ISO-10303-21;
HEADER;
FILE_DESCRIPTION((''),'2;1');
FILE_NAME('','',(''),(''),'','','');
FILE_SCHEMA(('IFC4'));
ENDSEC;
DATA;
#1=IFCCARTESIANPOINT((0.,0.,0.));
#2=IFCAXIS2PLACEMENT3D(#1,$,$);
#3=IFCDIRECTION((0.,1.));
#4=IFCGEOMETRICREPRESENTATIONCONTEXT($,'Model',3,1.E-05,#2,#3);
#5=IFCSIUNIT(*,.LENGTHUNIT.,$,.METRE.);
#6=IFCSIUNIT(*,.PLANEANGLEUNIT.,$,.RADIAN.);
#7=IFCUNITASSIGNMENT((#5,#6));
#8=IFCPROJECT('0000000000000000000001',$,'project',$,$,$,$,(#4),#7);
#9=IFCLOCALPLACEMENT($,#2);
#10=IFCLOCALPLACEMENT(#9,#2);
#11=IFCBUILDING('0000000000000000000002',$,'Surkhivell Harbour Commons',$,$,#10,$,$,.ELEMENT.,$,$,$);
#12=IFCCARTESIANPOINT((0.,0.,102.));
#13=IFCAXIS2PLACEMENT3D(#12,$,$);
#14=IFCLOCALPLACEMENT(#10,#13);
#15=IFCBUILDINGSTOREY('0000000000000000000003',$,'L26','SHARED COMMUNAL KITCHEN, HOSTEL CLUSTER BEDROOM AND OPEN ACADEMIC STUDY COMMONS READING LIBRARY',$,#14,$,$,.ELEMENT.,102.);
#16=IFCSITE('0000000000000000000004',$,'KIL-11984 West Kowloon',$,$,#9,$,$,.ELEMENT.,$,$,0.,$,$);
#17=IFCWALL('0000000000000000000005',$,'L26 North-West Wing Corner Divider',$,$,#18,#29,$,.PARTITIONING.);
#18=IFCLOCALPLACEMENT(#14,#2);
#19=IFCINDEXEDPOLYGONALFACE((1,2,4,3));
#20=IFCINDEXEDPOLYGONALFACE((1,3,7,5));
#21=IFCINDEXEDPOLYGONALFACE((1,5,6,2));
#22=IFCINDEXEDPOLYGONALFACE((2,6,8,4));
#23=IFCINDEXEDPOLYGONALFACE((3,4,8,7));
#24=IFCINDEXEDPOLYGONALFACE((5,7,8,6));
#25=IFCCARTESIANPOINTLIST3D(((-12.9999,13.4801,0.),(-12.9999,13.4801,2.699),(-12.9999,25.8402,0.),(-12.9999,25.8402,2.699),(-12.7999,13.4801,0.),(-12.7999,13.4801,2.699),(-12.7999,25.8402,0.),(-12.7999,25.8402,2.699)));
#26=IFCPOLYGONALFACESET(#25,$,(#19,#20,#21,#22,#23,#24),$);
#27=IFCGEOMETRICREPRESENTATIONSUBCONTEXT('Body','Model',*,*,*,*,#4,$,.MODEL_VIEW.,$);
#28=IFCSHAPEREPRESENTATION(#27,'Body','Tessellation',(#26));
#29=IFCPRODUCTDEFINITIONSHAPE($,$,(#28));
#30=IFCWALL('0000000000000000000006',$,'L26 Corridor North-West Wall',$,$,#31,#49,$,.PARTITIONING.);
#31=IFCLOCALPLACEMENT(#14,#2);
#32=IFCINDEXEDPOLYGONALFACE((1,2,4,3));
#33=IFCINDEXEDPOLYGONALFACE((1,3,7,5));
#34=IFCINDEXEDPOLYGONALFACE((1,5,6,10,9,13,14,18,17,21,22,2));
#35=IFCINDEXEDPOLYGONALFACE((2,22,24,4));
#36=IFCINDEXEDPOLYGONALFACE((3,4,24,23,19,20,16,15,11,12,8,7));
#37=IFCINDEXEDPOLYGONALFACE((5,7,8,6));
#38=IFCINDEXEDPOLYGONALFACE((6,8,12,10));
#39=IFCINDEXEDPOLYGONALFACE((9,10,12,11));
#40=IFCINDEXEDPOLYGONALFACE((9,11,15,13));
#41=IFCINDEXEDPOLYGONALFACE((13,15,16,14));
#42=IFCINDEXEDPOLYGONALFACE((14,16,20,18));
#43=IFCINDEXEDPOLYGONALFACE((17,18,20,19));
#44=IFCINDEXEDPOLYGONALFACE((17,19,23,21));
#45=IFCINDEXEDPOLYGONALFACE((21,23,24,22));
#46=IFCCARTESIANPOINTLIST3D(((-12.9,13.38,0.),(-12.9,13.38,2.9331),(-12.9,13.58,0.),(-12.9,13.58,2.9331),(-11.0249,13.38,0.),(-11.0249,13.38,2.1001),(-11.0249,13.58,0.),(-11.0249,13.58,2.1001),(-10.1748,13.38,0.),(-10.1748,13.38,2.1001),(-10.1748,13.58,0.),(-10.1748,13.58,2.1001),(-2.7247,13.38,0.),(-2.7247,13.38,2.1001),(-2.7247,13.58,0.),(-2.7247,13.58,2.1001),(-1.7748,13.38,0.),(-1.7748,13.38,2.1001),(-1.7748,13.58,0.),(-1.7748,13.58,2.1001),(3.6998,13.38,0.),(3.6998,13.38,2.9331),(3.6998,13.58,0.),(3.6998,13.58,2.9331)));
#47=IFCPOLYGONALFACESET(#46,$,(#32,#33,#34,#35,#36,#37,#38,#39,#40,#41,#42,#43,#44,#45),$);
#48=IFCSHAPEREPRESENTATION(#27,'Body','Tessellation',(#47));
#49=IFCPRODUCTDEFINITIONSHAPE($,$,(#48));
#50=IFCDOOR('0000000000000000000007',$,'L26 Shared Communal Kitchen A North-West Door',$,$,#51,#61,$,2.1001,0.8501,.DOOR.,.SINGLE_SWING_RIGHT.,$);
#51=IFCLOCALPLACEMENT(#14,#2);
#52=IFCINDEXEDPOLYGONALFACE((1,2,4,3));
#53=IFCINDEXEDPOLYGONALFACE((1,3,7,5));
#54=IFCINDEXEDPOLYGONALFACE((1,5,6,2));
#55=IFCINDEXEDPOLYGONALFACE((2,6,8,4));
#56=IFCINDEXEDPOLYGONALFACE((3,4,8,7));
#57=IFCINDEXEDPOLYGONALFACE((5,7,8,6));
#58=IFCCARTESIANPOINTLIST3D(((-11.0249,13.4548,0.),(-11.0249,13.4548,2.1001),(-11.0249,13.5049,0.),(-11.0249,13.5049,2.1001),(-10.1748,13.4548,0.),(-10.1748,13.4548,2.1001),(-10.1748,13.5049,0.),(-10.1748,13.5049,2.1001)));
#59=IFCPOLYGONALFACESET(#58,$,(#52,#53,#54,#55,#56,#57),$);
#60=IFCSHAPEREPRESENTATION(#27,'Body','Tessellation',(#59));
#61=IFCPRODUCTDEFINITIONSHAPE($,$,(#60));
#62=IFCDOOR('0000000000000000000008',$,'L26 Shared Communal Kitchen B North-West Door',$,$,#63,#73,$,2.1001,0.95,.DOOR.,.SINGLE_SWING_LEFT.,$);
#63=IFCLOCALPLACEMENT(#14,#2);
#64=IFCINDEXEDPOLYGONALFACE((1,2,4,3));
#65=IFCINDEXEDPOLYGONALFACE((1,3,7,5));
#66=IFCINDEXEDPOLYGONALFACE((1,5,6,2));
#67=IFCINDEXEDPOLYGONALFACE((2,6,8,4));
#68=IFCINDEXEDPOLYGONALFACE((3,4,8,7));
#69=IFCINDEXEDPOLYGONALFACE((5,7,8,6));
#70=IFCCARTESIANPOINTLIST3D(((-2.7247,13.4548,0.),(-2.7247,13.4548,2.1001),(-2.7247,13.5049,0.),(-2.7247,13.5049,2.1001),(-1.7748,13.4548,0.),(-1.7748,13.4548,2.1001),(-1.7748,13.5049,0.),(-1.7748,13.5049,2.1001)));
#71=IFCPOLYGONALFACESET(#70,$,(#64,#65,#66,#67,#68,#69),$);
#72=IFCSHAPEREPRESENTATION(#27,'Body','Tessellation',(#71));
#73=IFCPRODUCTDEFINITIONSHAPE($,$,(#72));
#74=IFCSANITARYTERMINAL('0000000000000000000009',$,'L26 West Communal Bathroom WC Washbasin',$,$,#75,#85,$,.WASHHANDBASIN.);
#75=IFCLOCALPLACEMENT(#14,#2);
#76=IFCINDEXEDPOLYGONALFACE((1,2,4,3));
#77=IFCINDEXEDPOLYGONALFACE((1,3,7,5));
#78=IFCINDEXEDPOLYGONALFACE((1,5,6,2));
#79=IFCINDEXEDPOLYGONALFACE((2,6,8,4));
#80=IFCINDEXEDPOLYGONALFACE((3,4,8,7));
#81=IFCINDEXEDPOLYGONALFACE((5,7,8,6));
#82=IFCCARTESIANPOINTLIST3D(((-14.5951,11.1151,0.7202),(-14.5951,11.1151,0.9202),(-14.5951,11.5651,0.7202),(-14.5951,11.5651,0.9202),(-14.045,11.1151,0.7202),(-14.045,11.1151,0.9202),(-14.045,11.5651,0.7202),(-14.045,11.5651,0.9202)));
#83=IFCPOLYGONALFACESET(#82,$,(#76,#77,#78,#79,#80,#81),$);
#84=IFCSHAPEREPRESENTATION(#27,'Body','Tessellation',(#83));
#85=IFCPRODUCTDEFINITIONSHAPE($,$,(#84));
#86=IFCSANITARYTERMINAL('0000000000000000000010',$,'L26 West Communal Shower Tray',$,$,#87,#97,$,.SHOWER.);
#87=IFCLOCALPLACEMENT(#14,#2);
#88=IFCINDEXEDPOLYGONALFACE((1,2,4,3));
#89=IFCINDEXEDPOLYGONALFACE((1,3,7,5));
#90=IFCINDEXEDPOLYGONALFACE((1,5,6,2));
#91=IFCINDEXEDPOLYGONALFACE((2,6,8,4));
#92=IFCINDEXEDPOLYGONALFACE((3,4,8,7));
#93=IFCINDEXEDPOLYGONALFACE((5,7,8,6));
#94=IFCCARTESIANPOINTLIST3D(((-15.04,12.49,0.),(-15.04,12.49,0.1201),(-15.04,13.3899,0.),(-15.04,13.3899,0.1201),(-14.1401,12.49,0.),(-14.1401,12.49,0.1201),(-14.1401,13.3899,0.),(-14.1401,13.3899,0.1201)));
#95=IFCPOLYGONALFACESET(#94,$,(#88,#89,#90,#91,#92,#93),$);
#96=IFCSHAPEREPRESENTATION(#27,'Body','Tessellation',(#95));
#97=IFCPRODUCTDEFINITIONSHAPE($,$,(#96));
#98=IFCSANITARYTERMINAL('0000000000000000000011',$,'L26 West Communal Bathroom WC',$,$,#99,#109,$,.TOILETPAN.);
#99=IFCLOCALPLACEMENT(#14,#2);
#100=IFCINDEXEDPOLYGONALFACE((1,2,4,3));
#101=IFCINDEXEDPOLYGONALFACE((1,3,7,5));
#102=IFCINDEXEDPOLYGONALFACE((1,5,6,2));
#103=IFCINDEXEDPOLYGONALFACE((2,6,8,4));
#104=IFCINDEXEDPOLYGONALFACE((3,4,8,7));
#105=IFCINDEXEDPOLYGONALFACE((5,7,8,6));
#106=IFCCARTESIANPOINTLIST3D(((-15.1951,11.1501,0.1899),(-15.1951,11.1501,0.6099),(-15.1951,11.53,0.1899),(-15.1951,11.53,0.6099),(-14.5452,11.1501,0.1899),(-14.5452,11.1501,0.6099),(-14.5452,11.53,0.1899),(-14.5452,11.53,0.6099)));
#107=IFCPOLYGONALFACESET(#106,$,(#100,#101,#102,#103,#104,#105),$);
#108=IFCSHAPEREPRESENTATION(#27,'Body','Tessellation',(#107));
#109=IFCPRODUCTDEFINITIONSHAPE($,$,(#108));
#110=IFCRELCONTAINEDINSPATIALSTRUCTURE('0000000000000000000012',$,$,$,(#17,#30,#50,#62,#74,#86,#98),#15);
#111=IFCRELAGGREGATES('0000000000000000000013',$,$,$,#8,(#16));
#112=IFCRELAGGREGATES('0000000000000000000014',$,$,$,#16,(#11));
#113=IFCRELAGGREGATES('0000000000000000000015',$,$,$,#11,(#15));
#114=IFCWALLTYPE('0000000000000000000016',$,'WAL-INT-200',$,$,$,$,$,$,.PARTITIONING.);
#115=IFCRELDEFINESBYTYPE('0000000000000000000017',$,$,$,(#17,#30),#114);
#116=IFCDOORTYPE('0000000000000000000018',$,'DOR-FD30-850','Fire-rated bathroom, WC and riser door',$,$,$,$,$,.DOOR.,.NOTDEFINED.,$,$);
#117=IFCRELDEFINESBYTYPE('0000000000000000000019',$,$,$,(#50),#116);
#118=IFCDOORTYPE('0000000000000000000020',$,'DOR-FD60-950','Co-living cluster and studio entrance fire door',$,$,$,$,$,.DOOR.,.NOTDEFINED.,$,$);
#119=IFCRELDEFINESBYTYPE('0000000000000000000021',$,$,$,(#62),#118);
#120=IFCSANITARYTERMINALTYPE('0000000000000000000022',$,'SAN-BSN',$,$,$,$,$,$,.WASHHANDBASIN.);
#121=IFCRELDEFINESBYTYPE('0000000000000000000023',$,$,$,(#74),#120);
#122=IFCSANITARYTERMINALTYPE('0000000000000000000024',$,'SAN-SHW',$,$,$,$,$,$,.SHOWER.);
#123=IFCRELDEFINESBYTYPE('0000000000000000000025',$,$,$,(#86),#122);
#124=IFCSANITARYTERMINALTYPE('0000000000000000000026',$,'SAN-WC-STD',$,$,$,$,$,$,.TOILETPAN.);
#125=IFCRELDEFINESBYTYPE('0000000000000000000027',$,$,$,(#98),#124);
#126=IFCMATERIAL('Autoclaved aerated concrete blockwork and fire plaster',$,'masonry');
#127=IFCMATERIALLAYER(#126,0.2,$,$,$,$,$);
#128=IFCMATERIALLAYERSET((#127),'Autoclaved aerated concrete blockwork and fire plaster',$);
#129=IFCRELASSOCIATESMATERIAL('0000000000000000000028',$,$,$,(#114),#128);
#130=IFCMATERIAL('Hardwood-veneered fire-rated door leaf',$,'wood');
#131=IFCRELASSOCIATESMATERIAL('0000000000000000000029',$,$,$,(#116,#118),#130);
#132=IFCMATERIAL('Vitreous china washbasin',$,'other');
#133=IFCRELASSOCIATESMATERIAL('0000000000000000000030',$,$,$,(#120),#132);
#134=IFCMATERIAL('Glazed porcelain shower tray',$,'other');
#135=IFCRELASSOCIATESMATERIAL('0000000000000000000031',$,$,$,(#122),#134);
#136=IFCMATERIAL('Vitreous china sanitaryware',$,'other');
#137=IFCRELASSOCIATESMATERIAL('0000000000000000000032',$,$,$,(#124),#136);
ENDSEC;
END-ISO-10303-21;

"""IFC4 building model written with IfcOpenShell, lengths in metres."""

from ifc_helpers import new_model, si_unit, direction, frame, frame_2d, origin, origin_2d, place, context, subcontext, project, spatial, rectangle, extrude, material, layer, layer_set, type_object, element, fill, save


model = new_model("IFC4")

# Units and contexts
model_context = context("Model", 3, precision=1e-05, world=origin(), true_north=direction((0.0, 1.0)))
body_context = subcontext(model_context, "Body", "Model", "MODEL_VIEW")
ifc_project = project(units=[si_unit("LENGTHUNIT", "METRE"), si_unit("PLANEANGLEUNIT", "RADIAN")], contexts=[model_context])

# Site, building, storey
site_placement = place(None, origin())
site = spatial("IfcSite", under=ifc_project, at=site_placement, Name="KIL-11984 West Kowloon", CompositionType="ELEMENT", RefElevation=0.0)
building_placement = place(site_placement, origin())
building = spatial("IfcBuilding", under=site, at=building_placement, Name="Surkhivell Harbour Commons", CompositionType="ELEMENT")
storey_placement = place(building_placement, frame((0.0, 0.0, 102.0)))
storey = spatial("IfcBuildingStorey", under=building, at=storey_placement, Name="L26", Description="SHARED COMMUNAL KITCHEN, HOSTEL CLUSTER BEDROOM AND OPEN ACADEMIC STUDY COMMONS READING LIBRARY", CompositionType="ELEMENT", Elevation=102.0)

# Shared definitions
ifc_material_1 = material(Name="Hardwood-veneered fire-rated door leaf", Category="wood")

# Wall
ifc_material_2 = material(Name="Autoclaved aerated concrete blockwork and fire plaster", Category="masonry")
ifc_layer_1 = layer(ifc_material_2, 0.2)
ifc_layer_set_1 = layer_set([ifc_layer_1], Name="Autoclaved aerated concrete blockwork and fire plaster")
wall_type_1 = type_object("IfcWallType", Name="WAL-INT-200", PredefinedType="PARTITIONING", material=ifc_layer_set_1)
wall_1_placement = place(storey_placement, frame((-12.8999, 13.48, 0.0), z_axis=(0.0, 0.0, 1.0), x_axis=(0.0, 1.0, 0.0)))
element("IfcWall", 1, at=wall_1_placement, inside=storey, type_object=wall_type_1, Name="L26 North-West Wing Corner Divider", PredefinedType="PARTITIONING", context=body_context, shape_type="SweptSolid", body=[
    extrude(rectangle(XDim=12.3601, YDim=0.2, at=frame_2d((6.1802, 0.0))), origin(), (0.0, 0.0, 1.0), 2.699),
])

# Wall, openings, doors
wall_2_placement = place(storey_placement, frame((-12.8999, 13.48, 0.0), z_axis=(0.0, 0.0, 1.0), x_axis=(1.0, 0.0, 0.0)))
wall_2 = element("IfcWall", 2, at=wall_2_placement, inside=storey, type_object=wall_type_1, Name="L26 Corridor North-West Wall", PredefinedType="PARTITIONING", context=body_context, shape_type="SweptSolid", body=[
    extrude(rectangle(XDim=16.5999, YDim=0.2, at=frame_2d((8.2998, 0.0))), origin(), (0.0, 0.0, 1.0), 2.9331),
])
opening_1_placement = place(wall_2_placement, frame((1.875, 0.0, 0.0)))
opening_1 = element("IfcOpeningElement", 3, at=opening_1_placement, cuts=wall_2, PredefinedType="OPENING", context=body_context, shape_type="SweptSolid", body=[
    extrude(rectangle(XDim=0.8501, YDim=2.1001, at=frame_2d((0.425, 1.05))), frame((0.0, 0.1099, 0.0), z_axis=(0.0, -1.0, 0.0), x_axis=(1.0, 0.0, 0.0)), (0.0, 0.0, 1.0), 0.22),
])
opening_2_placement = place(wall_2_placement, frame((10.175, 0.0, 0.0)))
opening_2 = element("IfcOpeningElement", 4, at=opening_2_placement, cuts=wall_2, PredefinedType="OPENING", context=body_context, shape_type="SweptSolid", body=[
    extrude(rectangle(XDim=0.95, YDim=2.1001, at=frame_2d((0.4751, 1.05))), frame((0.0, 0.1099, 0.0), z_axis=(0.0, -1.0, 0.0), x_axis=(1.0, 0.0, 0.0)), (0.0, 0.0, 1.0), 0.22),
])
door_type_1 = type_object("IfcDoorType", Name="DOR-FD30-850", Description="Fire-rated bathroom, WC and riser door", OperationType="NOTDEFINED", PredefinedType="DOOR", material=ifc_material_1)
door_1_placement = place(opening_1_placement, origin())
door_1 = element("IfcDoor", 5, at=door_1_placement, inside=storey, type_object=door_type_1, Name="L26 Shared Communal Kitchen A North-West Door", OperationType="SINGLE_SWING_RIGHT", OverallHeight=2.1001, OverallWidth=0.8501, PredefinedType="DOOR", context=body_context, shape_type="SweptSolid", body=[
    extrude(rectangle(XDim=0.8501, YDim=2.1001, at=frame_2d((0.425, 1.05))), frame((0.0, 0.0249, 0.0), z_axis=(0.0, -1.0, 0.0), x_axis=(1.0, 0.0, 0.0)), (0.0, 0.0, 1.0), 0.05),
])
fill(opening_1, door_1)
door_type_2 = type_object("IfcDoorType", Name="DOR-FD60-950", Description="Co-living cluster and studio entrance fire door", OperationType="NOTDEFINED", PredefinedType="DOOR", material=ifc_material_1)
door_2_placement = place(opening_2_placement, origin())
door_2 = element("IfcDoor", 6, at=door_2_placement, inside=storey, type_object=door_type_2, Name="L26 Shared Communal Kitchen B North-West Door", OperationType="SINGLE_SWING_LEFT", OverallHeight=2.1001, OverallWidth=0.95, PredefinedType="DOOR", context=body_context, shape_type="SweptSolid", body=[
    extrude(rectangle(XDim=0.95, YDim=2.1001, at=frame_2d((0.4751, 1.05))), frame((0.0, 0.0249, 0.0), z_axis=(0.0, -1.0, 0.0), x_axis=(1.0, 0.0, 0.0)), (0.0, 0.0, 1.0), 0.05),
])
fill(opening_2, door_2)

# Sanitary terminals
ifc_material_3 = material(Name="Vitreous china washbasin", Category="other")
sanitary_terminal_type_1 = type_object("IfcSanitaryTerminalType", Name="SAN-BSN", PredefinedType="WASHHANDBASIN", material=ifc_material_3)
sanitary_terminal_1_placement = place(storey_placement, frame((-14.3201, 11.3401, 0.7202), z_axis=(0.0, 0.0, 1.0), x_axis=(1.0, 0.0, 0.0)))
element("IfcSanitaryTerminal", 7, at=sanitary_terminal_1_placement, inside=storey, type_object=sanitary_terminal_type_1, Name="L26 West Communal Bathroom WC Washbasin", PredefinedType="WASHHANDBASIN", context=body_context, shape_type="SweptSolid", body=[
    extrude(rectangle(XDim=0.55, YDim=0.45, at=origin_2d()), origin(), (0.0, 0.0, 1.0), 0.2),
])
ifc_material_4 = material(Name="Glazed porcelain shower tray", Category="other")
sanitary_terminal_type_2 = type_object("IfcSanitaryTerminalType", Name="SAN-SHW", PredefinedType="SHOWER", material=ifc_material_4)
sanitary_terminal_2_placement = place(storey_placement, frame((-14.5901, 12.9399, 0.0), z_axis=(0.0, 0.0, 1.0), x_axis=(1.0, 0.0, 0.0)))
element("IfcSanitaryTerminal", 8, at=sanitary_terminal_2_placement, inside=storey, type_object=sanitary_terminal_type_2, Name="L26 West Communal Shower Tray", PredefinedType="SHOWER", context=body_context, shape_type="SweptSolid", body=[
    extrude(rectangle(XDim=0.8999, YDim=0.8999, at=origin_2d()), origin(), (0.0, 0.0, 1.0), 0.1201),
])
ifc_material_5 = material(Name="Vitreous china sanitaryware", Category="other")
sanitary_terminal_type_3 = type_object("IfcSanitaryTerminalType", Name="SAN-WC-STD", PredefinedType="TOILETPAN", material=ifc_material_5)
sanitary_terminal_3_placement = place(storey_placement, frame((-14.8701, 11.3401, 0.1899), z_axis=(0.0, 0.0, 1.0), x_axis=(1.0, 0.0, 0.0)))
element("IfcSanitaryTerminal", 9, at=sanitary_terminal_3_placement, inside=storey, type_object=sanitary_terminal_type_3, Name="L26 West Communal Bathroom WC", PredefinedType="TOILETPAN", context=body_context, shape_type="SweptSolid", body=[
    extrude(rectangle(XDim=0.6499, YDim=0.3799, at=origin_2d()), origin(), (0.0, 0.0, 1.0), 0.4199),
])

save(model, "model.ifc")
